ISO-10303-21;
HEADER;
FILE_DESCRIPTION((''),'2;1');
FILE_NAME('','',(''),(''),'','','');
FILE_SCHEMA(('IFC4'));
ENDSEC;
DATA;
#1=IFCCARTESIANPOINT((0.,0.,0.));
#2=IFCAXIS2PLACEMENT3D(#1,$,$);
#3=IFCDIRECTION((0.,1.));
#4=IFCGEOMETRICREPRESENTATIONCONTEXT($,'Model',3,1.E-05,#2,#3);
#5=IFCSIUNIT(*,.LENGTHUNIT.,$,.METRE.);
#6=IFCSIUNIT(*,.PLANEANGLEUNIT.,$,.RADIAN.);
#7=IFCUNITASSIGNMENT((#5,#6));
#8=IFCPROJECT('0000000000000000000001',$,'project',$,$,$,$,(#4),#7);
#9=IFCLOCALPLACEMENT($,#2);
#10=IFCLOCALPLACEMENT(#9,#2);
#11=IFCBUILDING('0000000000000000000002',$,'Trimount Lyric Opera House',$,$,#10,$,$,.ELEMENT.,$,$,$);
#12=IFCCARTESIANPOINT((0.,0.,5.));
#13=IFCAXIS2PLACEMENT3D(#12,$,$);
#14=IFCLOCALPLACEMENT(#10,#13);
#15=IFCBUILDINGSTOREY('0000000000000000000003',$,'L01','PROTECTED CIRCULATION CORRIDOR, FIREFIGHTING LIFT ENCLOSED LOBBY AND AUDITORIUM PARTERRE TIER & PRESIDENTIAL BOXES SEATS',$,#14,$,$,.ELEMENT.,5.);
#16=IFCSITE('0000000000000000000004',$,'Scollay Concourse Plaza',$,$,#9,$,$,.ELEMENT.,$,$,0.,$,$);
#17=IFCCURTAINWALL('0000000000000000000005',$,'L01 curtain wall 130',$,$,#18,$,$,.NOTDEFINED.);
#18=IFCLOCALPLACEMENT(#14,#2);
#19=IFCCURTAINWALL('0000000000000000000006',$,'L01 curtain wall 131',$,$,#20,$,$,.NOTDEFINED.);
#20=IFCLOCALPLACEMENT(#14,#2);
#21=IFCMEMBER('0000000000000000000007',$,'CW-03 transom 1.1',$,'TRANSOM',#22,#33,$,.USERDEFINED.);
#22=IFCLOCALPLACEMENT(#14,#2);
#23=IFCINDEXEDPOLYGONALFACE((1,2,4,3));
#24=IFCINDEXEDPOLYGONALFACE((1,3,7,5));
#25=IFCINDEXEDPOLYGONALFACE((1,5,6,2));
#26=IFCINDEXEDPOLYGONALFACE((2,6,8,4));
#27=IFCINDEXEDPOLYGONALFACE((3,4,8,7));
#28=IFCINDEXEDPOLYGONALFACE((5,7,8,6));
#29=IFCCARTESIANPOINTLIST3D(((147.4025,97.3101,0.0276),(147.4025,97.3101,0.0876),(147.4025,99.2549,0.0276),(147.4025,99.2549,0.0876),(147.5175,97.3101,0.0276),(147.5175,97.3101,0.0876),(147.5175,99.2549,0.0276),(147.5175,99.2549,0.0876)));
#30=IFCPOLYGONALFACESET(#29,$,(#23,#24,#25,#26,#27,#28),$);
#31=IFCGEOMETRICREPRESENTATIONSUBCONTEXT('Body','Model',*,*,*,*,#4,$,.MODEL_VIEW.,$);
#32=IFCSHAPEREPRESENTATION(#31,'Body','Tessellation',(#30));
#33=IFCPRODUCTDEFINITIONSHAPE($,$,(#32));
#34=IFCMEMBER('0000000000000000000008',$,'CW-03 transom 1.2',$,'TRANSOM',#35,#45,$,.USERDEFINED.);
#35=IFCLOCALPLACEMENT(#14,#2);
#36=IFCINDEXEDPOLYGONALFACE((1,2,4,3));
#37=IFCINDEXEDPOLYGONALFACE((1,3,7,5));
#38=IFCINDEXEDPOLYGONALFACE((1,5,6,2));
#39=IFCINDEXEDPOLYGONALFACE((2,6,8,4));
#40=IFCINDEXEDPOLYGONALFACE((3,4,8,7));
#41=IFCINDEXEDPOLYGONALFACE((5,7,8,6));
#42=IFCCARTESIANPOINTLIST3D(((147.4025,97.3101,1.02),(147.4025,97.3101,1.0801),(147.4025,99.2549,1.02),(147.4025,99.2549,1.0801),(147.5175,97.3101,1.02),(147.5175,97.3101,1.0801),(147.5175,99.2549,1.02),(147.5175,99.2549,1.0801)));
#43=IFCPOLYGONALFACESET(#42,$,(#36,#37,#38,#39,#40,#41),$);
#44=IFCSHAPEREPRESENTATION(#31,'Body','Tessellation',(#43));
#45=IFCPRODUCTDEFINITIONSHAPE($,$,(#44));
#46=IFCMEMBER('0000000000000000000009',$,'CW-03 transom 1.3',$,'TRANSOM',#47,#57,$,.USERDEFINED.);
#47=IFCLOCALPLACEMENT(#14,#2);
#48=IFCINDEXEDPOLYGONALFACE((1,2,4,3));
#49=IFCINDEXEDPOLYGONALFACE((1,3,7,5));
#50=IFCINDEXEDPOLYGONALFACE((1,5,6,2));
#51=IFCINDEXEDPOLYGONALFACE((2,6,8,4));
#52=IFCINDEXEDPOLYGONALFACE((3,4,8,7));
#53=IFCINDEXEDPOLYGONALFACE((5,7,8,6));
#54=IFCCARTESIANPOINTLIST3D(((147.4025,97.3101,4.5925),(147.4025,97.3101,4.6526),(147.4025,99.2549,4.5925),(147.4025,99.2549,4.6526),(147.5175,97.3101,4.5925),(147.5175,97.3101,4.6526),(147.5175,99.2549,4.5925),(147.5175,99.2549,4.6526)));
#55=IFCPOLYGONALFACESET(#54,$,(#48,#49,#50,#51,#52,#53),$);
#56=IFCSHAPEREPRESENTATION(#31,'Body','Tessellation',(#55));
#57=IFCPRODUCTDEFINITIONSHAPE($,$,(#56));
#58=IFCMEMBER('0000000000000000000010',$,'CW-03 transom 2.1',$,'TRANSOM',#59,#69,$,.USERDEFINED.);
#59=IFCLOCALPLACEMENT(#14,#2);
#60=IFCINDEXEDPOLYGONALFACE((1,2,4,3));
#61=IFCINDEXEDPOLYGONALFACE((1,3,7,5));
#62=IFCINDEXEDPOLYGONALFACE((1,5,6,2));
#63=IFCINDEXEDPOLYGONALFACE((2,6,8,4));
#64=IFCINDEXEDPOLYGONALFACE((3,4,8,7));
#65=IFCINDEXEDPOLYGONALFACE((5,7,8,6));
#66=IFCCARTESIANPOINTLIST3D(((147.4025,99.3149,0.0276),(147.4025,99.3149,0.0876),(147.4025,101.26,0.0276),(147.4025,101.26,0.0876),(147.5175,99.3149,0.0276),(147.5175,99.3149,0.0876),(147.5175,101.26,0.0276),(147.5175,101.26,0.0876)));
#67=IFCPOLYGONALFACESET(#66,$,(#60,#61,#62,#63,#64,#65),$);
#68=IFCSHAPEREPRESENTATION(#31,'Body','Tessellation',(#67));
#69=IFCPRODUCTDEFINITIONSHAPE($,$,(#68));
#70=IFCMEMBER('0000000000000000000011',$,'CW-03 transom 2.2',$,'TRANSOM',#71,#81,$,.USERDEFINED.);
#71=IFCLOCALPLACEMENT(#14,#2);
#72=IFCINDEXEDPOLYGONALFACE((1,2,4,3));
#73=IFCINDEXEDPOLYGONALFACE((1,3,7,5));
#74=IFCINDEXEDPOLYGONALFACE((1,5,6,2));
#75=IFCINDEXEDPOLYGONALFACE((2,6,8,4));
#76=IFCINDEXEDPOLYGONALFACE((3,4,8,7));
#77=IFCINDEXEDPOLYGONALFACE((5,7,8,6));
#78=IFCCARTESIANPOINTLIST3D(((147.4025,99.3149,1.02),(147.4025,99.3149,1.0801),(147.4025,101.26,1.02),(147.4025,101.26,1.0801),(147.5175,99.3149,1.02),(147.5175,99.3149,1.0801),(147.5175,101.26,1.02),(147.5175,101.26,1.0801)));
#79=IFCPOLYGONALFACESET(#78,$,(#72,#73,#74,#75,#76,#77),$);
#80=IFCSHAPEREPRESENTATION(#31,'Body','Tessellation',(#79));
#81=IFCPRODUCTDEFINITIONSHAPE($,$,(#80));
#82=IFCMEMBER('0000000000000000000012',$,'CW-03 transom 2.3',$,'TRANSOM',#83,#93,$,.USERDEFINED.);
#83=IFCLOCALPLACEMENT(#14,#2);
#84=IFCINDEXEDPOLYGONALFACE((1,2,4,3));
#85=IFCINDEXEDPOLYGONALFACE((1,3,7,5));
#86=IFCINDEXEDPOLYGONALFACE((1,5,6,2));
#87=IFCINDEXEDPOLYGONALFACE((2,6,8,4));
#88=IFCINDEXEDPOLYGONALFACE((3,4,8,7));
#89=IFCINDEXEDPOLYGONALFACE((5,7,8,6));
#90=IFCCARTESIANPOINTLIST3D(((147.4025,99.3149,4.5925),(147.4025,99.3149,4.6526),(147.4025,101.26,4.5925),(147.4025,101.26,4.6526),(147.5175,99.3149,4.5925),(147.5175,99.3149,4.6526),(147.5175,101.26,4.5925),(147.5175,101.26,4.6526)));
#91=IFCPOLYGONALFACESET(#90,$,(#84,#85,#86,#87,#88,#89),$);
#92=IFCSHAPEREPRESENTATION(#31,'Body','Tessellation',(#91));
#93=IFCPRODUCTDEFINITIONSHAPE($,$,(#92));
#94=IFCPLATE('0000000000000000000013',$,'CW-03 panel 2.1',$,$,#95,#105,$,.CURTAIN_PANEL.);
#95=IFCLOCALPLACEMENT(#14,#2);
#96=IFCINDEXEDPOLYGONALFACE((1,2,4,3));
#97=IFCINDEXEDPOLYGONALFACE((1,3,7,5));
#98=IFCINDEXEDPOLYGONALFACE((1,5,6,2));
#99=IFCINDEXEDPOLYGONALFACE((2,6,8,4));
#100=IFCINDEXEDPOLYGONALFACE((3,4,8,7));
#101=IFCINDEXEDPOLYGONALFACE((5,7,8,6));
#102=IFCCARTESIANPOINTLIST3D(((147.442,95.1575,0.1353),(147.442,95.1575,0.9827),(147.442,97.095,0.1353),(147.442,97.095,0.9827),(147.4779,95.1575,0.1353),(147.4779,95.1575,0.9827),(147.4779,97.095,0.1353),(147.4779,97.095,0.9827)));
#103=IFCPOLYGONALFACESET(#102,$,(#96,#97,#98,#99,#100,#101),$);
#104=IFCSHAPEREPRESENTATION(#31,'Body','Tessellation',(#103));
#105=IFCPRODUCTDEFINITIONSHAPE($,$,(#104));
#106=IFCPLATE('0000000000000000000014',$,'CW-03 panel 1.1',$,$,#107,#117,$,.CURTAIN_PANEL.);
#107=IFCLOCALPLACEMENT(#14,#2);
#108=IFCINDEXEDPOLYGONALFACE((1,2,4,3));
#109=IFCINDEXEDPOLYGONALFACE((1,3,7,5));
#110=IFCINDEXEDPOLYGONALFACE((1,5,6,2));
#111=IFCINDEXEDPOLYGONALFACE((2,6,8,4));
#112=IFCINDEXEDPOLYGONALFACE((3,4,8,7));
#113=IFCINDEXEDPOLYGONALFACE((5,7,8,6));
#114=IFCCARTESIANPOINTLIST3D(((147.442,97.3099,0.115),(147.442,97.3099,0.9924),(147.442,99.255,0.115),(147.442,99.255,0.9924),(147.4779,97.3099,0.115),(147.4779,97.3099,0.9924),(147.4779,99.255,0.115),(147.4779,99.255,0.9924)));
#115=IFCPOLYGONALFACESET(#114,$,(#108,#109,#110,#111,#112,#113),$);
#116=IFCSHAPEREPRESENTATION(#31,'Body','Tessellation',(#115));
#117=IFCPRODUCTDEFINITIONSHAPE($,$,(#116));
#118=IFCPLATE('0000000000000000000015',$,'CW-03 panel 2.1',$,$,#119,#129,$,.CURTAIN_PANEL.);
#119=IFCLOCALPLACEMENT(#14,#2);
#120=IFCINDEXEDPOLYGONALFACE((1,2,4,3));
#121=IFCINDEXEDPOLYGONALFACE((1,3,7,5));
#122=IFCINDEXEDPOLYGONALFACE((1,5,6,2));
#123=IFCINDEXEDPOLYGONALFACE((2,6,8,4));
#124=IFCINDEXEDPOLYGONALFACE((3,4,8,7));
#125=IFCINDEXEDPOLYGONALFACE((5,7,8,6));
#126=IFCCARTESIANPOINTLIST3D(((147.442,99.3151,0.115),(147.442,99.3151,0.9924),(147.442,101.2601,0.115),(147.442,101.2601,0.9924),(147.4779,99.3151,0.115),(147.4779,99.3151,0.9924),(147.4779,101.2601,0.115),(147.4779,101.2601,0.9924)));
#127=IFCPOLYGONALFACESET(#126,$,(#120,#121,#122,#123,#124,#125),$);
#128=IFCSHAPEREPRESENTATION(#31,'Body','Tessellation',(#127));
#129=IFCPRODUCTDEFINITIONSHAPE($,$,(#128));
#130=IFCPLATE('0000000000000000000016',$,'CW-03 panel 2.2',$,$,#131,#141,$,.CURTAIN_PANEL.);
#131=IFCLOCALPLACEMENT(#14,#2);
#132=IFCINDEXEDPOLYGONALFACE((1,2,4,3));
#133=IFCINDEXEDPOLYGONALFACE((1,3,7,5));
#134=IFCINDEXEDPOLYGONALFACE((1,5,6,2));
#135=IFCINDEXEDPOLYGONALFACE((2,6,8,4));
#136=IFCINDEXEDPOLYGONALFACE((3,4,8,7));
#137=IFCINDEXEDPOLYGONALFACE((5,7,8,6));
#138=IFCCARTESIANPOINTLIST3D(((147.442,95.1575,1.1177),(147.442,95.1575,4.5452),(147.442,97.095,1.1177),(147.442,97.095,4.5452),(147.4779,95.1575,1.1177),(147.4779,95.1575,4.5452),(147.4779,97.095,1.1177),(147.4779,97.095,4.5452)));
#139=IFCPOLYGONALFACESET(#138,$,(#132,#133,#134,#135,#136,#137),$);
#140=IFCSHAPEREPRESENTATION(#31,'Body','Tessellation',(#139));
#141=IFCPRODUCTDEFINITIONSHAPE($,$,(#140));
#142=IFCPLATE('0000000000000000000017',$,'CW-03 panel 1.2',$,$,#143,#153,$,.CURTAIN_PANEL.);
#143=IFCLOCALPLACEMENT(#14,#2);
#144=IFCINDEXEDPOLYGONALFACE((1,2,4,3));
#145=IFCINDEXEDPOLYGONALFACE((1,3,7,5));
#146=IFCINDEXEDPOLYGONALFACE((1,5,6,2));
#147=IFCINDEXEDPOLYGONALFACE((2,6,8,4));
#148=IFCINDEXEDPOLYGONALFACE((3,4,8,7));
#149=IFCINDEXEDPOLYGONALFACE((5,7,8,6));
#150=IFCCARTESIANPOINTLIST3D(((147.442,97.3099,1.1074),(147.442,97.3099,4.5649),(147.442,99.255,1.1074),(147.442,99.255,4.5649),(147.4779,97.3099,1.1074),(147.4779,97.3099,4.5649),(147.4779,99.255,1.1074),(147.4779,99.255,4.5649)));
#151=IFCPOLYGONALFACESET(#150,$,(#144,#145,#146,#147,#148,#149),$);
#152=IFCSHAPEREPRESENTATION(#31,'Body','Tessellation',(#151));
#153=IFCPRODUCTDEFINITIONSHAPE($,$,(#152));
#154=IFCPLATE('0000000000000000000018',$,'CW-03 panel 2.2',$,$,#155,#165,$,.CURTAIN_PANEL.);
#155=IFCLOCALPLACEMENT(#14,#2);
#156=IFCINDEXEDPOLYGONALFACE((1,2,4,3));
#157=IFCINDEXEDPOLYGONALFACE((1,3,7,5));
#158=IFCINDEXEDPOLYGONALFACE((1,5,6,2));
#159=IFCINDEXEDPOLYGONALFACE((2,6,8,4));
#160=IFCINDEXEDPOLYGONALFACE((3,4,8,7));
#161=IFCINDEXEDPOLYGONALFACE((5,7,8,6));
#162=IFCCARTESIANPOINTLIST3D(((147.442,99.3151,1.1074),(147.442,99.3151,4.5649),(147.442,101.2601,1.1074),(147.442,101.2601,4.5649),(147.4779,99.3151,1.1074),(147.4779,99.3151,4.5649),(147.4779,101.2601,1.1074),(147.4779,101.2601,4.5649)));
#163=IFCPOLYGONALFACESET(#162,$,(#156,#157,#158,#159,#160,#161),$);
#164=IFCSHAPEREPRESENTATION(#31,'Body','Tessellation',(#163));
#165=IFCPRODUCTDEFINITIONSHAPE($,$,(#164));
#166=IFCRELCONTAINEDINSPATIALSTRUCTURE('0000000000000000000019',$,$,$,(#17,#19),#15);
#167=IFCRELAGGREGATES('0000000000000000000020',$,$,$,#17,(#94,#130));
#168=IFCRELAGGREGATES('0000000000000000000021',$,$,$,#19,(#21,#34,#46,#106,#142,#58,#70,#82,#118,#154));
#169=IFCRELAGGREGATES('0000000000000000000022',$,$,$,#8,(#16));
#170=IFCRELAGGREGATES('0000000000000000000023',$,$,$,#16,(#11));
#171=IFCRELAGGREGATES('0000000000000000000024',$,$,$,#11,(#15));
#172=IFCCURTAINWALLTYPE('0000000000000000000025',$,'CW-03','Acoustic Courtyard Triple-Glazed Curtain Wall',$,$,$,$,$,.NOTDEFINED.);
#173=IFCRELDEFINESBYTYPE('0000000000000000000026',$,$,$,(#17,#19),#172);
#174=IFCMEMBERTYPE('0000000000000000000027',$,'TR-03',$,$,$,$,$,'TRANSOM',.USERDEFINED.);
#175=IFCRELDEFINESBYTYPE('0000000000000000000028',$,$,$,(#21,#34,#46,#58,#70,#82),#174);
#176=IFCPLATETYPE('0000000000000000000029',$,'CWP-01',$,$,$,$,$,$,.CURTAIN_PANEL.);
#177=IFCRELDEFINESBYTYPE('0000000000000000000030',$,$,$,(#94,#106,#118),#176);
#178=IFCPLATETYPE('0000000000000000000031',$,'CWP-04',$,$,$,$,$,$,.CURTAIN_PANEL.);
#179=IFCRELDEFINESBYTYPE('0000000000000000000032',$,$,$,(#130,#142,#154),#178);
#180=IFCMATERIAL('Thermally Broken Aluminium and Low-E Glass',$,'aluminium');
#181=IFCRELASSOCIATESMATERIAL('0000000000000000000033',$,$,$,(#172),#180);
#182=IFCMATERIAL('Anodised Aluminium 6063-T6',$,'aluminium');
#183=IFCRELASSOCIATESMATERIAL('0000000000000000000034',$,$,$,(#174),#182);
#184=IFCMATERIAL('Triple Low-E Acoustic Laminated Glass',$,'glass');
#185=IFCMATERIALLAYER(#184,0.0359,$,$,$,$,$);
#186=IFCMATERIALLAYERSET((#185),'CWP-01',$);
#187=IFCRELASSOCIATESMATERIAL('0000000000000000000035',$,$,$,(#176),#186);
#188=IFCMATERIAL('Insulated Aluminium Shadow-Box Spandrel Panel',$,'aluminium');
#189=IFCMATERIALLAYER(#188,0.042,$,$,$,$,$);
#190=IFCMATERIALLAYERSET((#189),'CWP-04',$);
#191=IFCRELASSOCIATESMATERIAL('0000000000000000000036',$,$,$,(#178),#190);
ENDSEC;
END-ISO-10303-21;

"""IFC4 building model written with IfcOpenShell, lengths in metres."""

from ifc_helpers import new_model, si_unit, direction, frame, origin, origin_2d, place, context, subcontext, project, spatial, rectangle, extrude, material, layer, layer_set, material_profile, profile_set, type_object, element, aggregate, save


model = new_model("IFC4")

# Units and contexts
model_context = context("Model", 3, precision=1e-05, world=origin(), true_north=direction((0.0, 1.0)))
body_context = subcontext(model_context, "Body", "Model", "MODEL_VIEW")
ifc_project = project(units=[si_unit("LENGTHUNIT", "METRE"), si_unit("PLANEANGLEUNIT", "RADIAN")], contexts=[model_context])

# Site, building, storey
site_placement = place(None, origin())
site = spatial("IfcSite", under=ifc_project, at=site_placement, Name="Scollay Concourse Plaza", CompositionType="ELEMENT", RefElevation=0.0)
building_placement = place(site_placement, origin())
building = spatial("IfcBuilding", under=site, at=building_placement, Name="Trimount Lyric Opera House", CompositionType="ELEMENT")
storey_placement = place(building_placement, frame((0.0, 0.0, 5.0)))
storey = spatial("IfcBuildingStorey", under=building, at=storey_placement, Name="L01", Description="PROTECTED CIRCULATION CORRIDOR, FIREFIGHTING LIFT ENCLOSED LOBBY AND AUDITORIUM PARTERRE TIER & PRESIDENTIAL BOXES SEATS", CompositionType="ELEMENT", Elevation=5.0)

# Curtain wall
ifc_material_1 = material(Name="Thermally Broken Aluminium and Low-E Glass", Category="aluminium")
curtain_wall_type = type_object("IfcCurtainWallType", Name="CW-03", Description="Acoustic Courtyard Triple-Glazed Curtain Wall", PredefinedType="NOTDEFINED", material=ifc_material_1)
curtain_wall_1_placement = place(storey_placement, origin())
curtain_wall_1 = element("IfcCurtainWall", 1, at=curtain_wall_1_placement, inside=storey, type_object=curtain_wall_type, Name="L01 curtain wall 130", PredefinedType="NOTDEFINED")

# Curtain wall
curtain_wall_2_placement = place(storey_placement, origin())
curtain_wall_2 = element("IfcCurtainWall", 2, at=curtain_wall_2_placement, inside=storey, type_object=curtain_wall_type, Name="L01 curtain wall 131", PredefinedType="NOTDEFINED")

# Members
ifc_material_2 = material(Name="Anodised Aluminium 6063-T6", Category="aluminium")
ifc_material_profile_1 = material_profile(ifc_material_2, rectangle(XDim=0.115, YDim=0.0601, at=origin_2d()), Name="ALU-TRAN-60X115")
ifc_profile_set_1 = profile_set([ifc_material_profile_1], Name="Anodised Aluminium 6063-T6")
member_type_1 = type_object("IfcMemberType", Name="TR-03", ElementType="TRANSOM", PredefinedType="USERDEFINED", material=ifc_profile_set_1)
member_1_placement = place(storey_placement, frame((147.46, 97.3101, 0.0576), z_axis=(0.0, 1.0, 0.0), x_axis=(-1.0, 0.0, 0.0)))
member_1 = element("IfcMember", 3, at=member_1_placement, type_object=member_type_1, Name="CW-03 transom 1.1", ObjectType="TRANSOM", PredefinedType="USERDEFINED", context=body_context, shape_type="SweptSolid", body=[
    extrude(rectangle(XDim=0.115, YDim=0.0601, at=origin_2d()), origin(), (0.0, 0.0, 1.0), 1.9448),
])
member_2_placement = place(storey_placement, frame((147.46, 97.3101, 1.05), z_axis=(0.0, 1.0, 0.0), x_axis=(-1.0, 0.0, 0.0)))
member_2 = element("IfcMember", 4, at=member_2_placement, type_object=member_type_1, Name="CW-03 transom 1.2", ObjectType="TRANSOM", PredefinedType="USERDEFINED", context=body_context, shape_type="SweptSolid", body=[
    extrude(rectangle(XDim=0.115, YDim=0.0601, at=origin_2d()), origin(), (0.0, 0.0, 1.0), 1.9448),
])
member_3_placement = place(storey_placement, frame((147.46, 97.3101, 4.6226), z_axis=(0.0, 1.0, 0.0), x_axis=(-1.0, 0.0, 0.0)))
member_3 = element("IfcMember", 5, at=member_3_placement, type_object=member_type_1, Name="CW-03 transom 1.3", ObjectType="TRANSOM", PredefinedType="USERDEFINED", context=body_context, shape_type="SweptSolid", body=[
    extrude(rectangle(XDim=0.115, YDim=0.0601, at=origin_2d()), origin(), (0.0, 0.0, 1.0), 1.9448),
])
member_4_placement = place(storey_placement, frame((147.46, 99.3149, 0.0576), z_axis=(0.0, 1.0, 0.0), x_axis=(-1.0, 0.0, 0.0)))
member_4 = element("IfcMember", 6, at=member_4_placement, type_object=member_type_1, Name="CW-03 transom 2.1", ObjectType="TRANSOM", PredefinedType="USERDEFINED", context=body_context, shape_type="SweptSolid", body=[
    extrude(rectangle(XDim=0.115, YDim=0.0601, at=origin_2d()), origin(), (0.0, 0.0, 1.0), 1.9451),
])
member_5_placement = place(storey_placement, frame((147.46, 99.3149, 1.05), z_axis=(0.0, 1.0, 0.0), x_axis=(-1.0, 0.0, 0.0)))
member_5 = element("IfcMember", 7, at=member_5_placement, type_object=member_type_1, Name="CW-03 transom 2.2", ObjectType="TRANSOM", PredefinedType="USERDEFINED", context=body_context, shape_type="SweptSolid", body=[
    extrude(rectangle(XDim=0.115, YDim=0.0601, at=origin_2d()), origin(), (0.0, 0.0, 1.0), 1.9451),
])
member_6_placement = place(storey_placement, frame((147.46, 99.3149, 4.6226), z_axis=(0.0, 1.0, 0.0), x_axis=(-1.0, 0.0, 0.0)))
member_6 = element("IfcMember", 8, at=member_6_placement, type_object=member_type_1, Name="CW-03 transom 2.3", ObjectType="TRANSOM", PredefinedType="USERDEFINED", context=body_context, shape_type="SweptSolid", body=[
    extrude(rectangle(XDim=0.115, YDim=0.0601, at=origin_2d()), origin(), (0.0, 0.0, 1.0), 1.9451),
])

# Plates
ifc_material_3 = material(Name="Triple Low-E Acoustic Laminated Glass", Category="glass")
ifc_layer_1 = layer(ifc_material_3, 0.0359)
ifc_layer_set_1 = layer_set([ifc_layer_1], Name="CWP-01")
plate_type_1 = type_object("IfcPlateType", Name="CWP-01", PredefinedType="CURTAIN_PANEL", material=ifc_layer_set_1)
plate_1_placement = place(storey_placement, frame((147.46, 96.1262, 0.1353), z_axis=(0.0, 0.0, 1.0), x_axis=(0.0, 1.0, 0.0)))
plate_1 = element("IfcPlate", 9, at=plate_1_placement, type_object=plate_type_1, Name="CW-03 panel 2.1", PredefinedType="CURTAIN_PANEL", context=body_context, shape_type="SweptSolid", body=[
    extrude(rectangle(XDim=1.9375, YDim=0.0359, at=origin_2d()), origin(), (0.0, 0.0, 1.0), 0.8474),
])
plate_2_placement = place(storey_placement, frame((147.46, 98.2825, 0.115), z_axis=(0.0, 0.0, 1.0), x_axis=(0.0, 1.0, 0.0)))
plate_2 = element("IfcPlate", 10, at=plate_2_placement, type_object=plate_type_1, Name="CW-03 panel 1.1", PredefinedType="CURTAIN_PANEL", context=body_context, shape_type="SweptSolid", body=[
    extrude(rectangle(XDim=1.9451, YDim=0.0359, at=origin_2d()), origin(), (0.0, 0.0, 1.0), 0.8774),
])
plate_3_placement = place(storey_placement, frame((147.46, 100.2876, 0.115), z_axis=(0.0, 0.0, 1.0), x_axis=(0.0, 1.0, 0.0)))
plate_3 = element("IfcPlate", 11, at=plate_3_placement, type_object=plate_type_1, Name="CW-03 panel 2.1", PredefinedType="CURTAIN_PANEL", context=body_context, shape_type="SweptSolid", body=[
    extrude(rectangle(XDim=1.9451, YDim=0.0359, at=origin_2d()), origin(), (0.0, 0.0, 1.0), 0.8774),
])
ifc_material_4 = material(Name="Insulated Aluminium Shadow-Box Spandrel Panel", Category="aluminium")
ifc_layer_2 = layer(ifc_material_4, 0.042)
ifc_layer_set_2 = layer_set([ifc_layer_2], Name="CWP-04")
plate_type_2 = type_object("IfcPlateType", Name="CWP-04", PredefinedType="CURTAIN_PANEL", material=ifc_layer_set_2)
plate_4_placement = place(storey_placement, frame((147.46, 96.1262, 1.1177), z_axis=(0.0, 0.0, 1.0), x_axis=(0.0, 1.0, 0.0)))
plate_4 = element("IfcPlate", 12, at=plate_4_placement, type_object=plate_type_2, Name="CW-03 panel 2.2", PredefinedType="CURTAIN_PANEL", context=body_context, shape_type="SweptSolid", body=[
    extrude(rectangle(XDim=1.9375, YDim=0.0359, at=origin_2d()), origin(), (0.0, 0.0, 1.0), 3.4275),
])
aggregate(curtain_wall_1, [plate_1, plate_4])
plate_5_placement = place(storey_placement, frame((147.46, 98.2825, 1.1074), z_axis=(0.0, 0.0, 1.0), x_axis=(0.0, 1.0, 0.0)))
plate_5 = element("IfcPlate", 13, at=plate_5_placement, type_object=plate_type_2, Name="CW-03 panel 1.2", PredefinedType="CURTAIN_PANEL", context=body_context, shape_type="SweptSolid", body=[
    extrude(rectangle(XDim=1.9451, YDim=0.0359, at=origin_2d()), origin(), (0.0, 0.0, 1.0), 3.4575),
])
plate_6_placement = place(storey_placement, frame((147.46, 100.2876, 1.1074), z_axis=(0.0, 0.0, 1.0), x_axis=(0.0, 1.0, 0.0)))
plate_6 = element("IfcPlate", 14, at=plate_6_placement, type_object=plate_type_2, Name="CW-03 panel 2.2", PredefinedType="CURTAIN_PANEL", context=body_context, shape_type="SweptSolid", body=[
    extrude(rectangle(XDim=1.9451, YDim=0.0359, at=origin_2d()), origin(), (0.0, 0.0, 1.0), 3.4575),
])
aggregate(curtain_wall_2, [member_1, member_2, member_3, plate_2, plate_5, member_4, member_5, member_6, plate_3, plate_6])

save(model, "model.ifc")
